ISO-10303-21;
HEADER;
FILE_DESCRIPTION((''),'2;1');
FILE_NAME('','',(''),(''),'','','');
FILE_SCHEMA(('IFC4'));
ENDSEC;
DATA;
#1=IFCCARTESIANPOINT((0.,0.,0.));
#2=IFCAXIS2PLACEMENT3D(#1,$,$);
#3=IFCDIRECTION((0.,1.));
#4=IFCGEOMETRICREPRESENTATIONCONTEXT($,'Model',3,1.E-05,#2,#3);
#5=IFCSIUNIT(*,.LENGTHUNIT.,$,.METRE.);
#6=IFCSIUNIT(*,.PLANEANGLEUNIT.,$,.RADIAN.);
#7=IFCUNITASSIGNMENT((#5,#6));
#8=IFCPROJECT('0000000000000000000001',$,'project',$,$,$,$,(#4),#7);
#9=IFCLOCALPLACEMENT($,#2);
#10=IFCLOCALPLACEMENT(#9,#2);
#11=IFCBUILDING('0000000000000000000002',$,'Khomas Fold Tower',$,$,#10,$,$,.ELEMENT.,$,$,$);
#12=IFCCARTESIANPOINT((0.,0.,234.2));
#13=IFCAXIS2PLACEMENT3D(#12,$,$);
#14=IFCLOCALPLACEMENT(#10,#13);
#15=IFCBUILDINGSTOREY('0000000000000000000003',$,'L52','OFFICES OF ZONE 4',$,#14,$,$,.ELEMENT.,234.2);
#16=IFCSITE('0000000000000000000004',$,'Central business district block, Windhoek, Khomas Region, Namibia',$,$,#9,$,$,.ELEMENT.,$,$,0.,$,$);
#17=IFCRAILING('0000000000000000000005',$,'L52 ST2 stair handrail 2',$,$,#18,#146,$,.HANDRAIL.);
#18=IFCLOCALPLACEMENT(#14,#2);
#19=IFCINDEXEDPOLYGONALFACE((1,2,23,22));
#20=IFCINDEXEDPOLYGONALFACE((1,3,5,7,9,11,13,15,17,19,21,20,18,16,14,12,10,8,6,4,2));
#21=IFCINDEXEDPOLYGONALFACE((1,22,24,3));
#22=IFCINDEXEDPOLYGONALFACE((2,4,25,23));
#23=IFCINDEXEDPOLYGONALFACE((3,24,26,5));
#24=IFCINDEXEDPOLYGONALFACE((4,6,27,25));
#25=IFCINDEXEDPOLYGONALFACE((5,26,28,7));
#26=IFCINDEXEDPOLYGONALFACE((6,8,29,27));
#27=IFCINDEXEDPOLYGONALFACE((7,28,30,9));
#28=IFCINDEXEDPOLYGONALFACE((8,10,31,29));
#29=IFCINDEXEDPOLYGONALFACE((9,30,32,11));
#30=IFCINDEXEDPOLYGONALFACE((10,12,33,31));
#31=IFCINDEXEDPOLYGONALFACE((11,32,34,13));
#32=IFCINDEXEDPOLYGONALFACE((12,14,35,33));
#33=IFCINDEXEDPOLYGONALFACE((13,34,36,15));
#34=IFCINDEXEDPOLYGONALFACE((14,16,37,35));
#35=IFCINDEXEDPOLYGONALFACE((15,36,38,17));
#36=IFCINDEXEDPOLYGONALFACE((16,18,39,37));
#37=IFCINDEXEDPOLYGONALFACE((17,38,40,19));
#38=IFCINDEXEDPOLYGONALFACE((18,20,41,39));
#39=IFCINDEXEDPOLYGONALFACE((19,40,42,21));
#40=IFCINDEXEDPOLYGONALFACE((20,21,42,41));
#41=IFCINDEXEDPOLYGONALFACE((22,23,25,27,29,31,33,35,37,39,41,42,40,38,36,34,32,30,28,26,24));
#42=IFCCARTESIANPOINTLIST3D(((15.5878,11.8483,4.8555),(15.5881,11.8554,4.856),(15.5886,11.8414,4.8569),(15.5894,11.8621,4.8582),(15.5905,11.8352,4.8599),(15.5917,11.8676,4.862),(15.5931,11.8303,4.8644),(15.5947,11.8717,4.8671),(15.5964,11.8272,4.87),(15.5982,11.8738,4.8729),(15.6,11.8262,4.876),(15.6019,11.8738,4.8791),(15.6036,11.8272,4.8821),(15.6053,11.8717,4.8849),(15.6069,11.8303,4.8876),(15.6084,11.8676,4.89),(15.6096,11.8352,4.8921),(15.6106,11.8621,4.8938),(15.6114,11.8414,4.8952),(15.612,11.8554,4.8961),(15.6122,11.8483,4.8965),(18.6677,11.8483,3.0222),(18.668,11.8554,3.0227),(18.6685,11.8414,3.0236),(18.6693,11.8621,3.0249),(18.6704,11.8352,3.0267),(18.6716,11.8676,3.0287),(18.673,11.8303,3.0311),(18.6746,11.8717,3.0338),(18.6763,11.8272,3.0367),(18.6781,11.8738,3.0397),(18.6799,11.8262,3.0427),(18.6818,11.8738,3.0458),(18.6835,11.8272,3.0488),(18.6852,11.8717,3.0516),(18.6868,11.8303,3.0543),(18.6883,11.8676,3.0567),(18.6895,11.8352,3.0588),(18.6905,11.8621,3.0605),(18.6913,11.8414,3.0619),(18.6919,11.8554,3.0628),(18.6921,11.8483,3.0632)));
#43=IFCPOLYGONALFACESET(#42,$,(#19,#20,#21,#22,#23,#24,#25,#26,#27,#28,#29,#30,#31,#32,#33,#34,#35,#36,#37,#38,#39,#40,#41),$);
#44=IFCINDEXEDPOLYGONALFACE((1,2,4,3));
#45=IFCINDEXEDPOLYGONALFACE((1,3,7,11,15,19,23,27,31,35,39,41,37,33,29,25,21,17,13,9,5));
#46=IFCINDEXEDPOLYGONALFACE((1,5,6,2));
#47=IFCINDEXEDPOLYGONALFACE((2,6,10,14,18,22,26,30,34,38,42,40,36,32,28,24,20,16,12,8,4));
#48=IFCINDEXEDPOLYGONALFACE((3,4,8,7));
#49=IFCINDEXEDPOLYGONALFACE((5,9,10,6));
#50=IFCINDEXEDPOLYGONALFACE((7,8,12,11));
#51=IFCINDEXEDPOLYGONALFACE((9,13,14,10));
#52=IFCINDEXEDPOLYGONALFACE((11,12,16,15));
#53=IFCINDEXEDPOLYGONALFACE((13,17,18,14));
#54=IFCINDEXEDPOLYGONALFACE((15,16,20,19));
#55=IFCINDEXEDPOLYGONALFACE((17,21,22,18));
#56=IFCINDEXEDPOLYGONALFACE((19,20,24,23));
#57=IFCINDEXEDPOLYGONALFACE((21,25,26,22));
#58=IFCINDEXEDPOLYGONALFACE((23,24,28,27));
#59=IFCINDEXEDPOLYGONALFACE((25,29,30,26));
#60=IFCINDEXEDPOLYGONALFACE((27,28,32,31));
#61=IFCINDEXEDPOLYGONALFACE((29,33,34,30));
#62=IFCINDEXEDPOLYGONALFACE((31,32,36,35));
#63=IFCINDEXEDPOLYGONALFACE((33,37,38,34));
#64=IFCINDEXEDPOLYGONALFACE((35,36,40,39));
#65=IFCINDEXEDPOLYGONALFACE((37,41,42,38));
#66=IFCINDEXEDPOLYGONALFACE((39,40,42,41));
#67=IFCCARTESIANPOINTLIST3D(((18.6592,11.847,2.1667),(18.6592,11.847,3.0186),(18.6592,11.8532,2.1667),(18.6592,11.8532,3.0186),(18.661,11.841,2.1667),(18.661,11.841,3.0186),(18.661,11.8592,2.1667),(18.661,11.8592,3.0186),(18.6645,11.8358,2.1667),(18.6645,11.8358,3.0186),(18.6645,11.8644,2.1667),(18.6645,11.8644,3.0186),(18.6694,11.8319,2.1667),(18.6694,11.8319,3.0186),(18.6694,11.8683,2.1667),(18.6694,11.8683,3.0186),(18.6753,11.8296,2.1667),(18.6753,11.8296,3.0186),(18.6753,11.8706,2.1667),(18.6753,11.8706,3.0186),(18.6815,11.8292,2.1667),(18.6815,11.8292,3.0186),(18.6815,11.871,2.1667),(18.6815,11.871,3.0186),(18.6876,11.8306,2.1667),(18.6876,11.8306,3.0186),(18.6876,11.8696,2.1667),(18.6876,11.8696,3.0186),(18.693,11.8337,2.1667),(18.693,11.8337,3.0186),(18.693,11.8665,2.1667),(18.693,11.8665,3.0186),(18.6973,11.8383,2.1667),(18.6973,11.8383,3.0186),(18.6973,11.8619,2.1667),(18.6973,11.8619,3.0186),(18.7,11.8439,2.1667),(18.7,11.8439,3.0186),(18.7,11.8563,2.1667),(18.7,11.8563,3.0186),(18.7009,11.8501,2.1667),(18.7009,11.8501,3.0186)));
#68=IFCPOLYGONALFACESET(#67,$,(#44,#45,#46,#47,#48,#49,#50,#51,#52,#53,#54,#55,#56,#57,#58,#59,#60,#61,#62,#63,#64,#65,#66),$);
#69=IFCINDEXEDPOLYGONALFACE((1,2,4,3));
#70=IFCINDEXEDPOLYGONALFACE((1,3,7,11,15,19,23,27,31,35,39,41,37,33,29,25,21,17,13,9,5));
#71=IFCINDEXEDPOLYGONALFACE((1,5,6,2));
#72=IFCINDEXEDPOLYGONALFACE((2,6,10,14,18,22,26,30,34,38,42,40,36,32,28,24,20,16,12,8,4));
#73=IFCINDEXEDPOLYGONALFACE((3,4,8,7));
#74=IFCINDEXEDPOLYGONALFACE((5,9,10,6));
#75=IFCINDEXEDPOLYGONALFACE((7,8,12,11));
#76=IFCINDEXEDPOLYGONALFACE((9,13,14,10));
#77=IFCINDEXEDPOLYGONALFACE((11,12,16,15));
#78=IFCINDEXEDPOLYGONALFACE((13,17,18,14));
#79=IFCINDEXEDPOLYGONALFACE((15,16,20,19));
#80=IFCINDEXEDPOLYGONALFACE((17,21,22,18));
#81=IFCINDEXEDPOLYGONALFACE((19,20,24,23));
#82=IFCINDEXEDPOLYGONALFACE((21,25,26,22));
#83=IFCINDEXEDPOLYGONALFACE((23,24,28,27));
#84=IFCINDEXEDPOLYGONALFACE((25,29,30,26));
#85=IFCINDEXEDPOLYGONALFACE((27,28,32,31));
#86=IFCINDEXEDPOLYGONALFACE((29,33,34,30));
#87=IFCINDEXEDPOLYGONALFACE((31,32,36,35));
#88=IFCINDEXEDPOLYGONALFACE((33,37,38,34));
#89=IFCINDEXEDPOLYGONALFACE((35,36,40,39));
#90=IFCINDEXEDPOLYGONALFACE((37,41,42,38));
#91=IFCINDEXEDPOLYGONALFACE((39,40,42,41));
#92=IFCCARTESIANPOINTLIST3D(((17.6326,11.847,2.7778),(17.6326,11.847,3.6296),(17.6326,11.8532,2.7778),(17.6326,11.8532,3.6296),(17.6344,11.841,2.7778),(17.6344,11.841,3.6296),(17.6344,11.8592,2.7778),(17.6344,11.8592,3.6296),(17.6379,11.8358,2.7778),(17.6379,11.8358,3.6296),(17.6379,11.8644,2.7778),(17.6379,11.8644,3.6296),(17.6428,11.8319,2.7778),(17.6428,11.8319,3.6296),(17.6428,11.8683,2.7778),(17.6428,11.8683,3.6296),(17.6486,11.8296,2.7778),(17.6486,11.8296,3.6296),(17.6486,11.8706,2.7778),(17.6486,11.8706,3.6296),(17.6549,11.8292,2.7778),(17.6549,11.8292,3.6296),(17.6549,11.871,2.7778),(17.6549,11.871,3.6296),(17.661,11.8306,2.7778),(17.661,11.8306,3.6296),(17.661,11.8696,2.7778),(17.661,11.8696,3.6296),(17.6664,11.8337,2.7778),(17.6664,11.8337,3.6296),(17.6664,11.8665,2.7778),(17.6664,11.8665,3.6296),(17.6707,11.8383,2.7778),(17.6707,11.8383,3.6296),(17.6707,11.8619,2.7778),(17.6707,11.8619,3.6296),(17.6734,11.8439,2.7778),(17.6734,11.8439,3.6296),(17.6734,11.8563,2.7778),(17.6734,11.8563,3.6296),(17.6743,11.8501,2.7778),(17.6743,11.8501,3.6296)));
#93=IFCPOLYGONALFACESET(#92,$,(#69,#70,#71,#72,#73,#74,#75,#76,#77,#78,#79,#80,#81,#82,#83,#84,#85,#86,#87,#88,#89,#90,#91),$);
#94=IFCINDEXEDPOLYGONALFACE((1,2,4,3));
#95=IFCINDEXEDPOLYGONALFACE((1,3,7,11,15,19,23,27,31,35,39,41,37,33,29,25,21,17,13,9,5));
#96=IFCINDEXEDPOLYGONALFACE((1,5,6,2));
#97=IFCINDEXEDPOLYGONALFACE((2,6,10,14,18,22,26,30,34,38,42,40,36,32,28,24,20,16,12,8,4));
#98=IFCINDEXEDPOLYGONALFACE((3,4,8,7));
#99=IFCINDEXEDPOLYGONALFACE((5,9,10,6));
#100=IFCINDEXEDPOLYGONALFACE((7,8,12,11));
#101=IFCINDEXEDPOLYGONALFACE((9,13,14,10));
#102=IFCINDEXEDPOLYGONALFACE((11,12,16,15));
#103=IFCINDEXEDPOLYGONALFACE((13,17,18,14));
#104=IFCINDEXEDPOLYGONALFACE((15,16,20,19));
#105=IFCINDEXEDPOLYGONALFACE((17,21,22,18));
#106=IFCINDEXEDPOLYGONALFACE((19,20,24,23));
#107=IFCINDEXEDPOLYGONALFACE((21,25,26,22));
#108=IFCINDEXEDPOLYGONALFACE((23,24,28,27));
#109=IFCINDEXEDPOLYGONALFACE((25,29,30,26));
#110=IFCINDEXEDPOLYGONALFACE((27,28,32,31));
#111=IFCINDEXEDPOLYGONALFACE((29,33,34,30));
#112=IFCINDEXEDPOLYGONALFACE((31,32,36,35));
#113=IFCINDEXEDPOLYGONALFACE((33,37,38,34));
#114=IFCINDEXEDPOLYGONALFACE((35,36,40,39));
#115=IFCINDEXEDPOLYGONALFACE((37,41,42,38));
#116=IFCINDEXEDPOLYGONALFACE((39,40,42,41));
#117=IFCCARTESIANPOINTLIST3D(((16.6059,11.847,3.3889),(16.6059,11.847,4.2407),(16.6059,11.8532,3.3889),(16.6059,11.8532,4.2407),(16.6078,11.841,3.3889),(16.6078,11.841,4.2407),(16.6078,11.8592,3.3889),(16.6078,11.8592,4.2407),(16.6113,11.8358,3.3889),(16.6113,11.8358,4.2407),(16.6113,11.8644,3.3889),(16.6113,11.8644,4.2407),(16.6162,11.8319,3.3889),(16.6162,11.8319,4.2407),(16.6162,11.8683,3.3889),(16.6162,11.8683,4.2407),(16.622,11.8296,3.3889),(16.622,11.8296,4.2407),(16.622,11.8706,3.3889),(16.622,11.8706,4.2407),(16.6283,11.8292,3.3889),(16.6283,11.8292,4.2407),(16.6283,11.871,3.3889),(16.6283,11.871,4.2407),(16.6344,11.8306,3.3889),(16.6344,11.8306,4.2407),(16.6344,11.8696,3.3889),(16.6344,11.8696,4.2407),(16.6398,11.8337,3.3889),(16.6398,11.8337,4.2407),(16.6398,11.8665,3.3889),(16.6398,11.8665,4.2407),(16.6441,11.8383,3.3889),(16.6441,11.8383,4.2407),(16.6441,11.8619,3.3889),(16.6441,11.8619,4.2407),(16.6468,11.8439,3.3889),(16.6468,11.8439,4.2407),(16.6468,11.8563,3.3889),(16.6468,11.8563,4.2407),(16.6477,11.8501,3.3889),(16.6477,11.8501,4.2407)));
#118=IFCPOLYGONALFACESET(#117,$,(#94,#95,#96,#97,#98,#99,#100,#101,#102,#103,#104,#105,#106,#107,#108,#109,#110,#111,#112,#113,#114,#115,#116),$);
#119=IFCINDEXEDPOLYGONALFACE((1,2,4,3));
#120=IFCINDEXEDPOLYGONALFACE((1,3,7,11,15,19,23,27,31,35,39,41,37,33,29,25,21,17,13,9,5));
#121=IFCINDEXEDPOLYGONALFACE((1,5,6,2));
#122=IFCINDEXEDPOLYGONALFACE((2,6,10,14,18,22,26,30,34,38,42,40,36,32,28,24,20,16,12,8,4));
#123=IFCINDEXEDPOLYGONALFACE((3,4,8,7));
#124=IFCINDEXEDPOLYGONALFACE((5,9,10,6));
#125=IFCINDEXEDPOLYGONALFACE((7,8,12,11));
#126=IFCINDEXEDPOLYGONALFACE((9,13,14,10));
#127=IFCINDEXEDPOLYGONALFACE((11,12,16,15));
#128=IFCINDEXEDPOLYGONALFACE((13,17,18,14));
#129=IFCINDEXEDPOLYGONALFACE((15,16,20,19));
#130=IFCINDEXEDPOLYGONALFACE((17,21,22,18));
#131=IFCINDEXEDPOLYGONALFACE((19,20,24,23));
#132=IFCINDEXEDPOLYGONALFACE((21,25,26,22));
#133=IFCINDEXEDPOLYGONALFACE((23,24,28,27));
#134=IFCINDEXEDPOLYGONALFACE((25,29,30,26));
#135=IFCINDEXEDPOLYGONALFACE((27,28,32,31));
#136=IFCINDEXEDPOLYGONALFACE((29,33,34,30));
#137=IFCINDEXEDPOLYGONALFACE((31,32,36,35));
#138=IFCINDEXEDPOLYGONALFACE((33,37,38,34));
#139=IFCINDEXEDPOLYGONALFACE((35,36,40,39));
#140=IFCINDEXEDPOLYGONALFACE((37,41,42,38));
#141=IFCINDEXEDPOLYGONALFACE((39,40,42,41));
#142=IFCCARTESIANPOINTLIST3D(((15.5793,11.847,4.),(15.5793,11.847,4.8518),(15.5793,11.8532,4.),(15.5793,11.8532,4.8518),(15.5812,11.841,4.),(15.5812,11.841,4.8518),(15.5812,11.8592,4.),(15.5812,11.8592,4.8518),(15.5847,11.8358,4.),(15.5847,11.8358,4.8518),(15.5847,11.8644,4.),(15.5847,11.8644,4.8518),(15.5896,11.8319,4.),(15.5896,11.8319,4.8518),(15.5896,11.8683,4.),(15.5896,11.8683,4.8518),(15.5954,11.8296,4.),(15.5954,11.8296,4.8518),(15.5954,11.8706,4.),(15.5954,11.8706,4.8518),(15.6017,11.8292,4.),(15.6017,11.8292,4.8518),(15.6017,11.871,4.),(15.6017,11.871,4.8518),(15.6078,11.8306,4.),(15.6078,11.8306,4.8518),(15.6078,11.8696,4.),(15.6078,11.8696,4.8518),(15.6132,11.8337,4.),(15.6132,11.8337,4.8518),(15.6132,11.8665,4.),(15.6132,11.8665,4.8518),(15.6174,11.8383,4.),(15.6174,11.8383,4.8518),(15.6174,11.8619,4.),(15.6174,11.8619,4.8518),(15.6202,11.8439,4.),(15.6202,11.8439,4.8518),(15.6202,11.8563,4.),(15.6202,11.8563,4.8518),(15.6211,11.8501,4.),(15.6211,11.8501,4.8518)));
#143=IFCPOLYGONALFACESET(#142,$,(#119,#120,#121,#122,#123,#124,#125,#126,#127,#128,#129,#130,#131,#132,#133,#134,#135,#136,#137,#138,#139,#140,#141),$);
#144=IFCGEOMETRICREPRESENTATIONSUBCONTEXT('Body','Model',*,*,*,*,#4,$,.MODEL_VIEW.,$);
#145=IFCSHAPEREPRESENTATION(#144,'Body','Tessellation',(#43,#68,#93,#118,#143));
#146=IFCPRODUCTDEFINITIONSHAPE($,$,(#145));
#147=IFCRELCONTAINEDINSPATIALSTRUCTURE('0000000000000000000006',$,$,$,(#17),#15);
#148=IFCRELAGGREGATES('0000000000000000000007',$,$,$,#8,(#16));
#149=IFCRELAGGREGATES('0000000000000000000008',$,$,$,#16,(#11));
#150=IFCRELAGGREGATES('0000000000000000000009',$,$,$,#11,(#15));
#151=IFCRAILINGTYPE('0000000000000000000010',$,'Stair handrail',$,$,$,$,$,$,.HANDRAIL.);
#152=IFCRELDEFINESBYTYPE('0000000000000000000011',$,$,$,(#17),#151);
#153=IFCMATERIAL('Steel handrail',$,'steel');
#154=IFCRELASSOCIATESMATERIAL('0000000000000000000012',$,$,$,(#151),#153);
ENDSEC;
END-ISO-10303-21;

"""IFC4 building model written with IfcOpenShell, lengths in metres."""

from ifc_helpers import new_model, si_unit, direction, frame, origin, origin_2d, place, context, subcontext, project, spatial, circle, extrude, source, transform, mapped, material, type_object, element, save


model = new_model("IFC4")

# Units and contexts
model_context = context("Model", 3, precision=1e-05, world=origin(), true_north=direction((0.0, 1.0)))
body_context = subcontext(model_context, "Body", "Model", "MODEL_VIEW")
ifc_project = project(units=[si_unit("LENGTHUNIT", "METRE"), si_unit("PLANEANGLEUNIT", "RADIAN")], contexts=[model_context])

# Site, building, storey
site_placement = place(None, origin())
site = spatial("IfcSite", under=ifc_project, at=site_placement, Name="Central business district block, Windhoek, Khomas Region, Namibia", CompositionType="ELEMENT", RefElevation=0.0)
building_placement = place(site_placement, origin())
building = spatial("IfcBuilding", under=site, at=building_placement, Name="Khomas Fold Tower", CompositionType="ELEMENT")
storey_placement = place(building_placement, frame((0.0, 0.0, 234.2)))
storey = spatial("IfcBuildingStorey", under=building, at=storey_placement, Name="L52", Description="OFFICES OF ZONE 4", CompositionType="ELEMENT", Elevation=234.2)

# Railing
ifc_material_1 = material(Name="Steel handrail", Category="steel")
railing_type_1 = type_object("IfcRailingType", Name="Stair handrail", PredefinedType="HANDRAIL", material=ifc_material_1)
shared_shape_1 = source(origin(), body_context, "Body", "SweptSolid", [
    extrude(circle(Radius=0.0239, at=origin_2d()), frame((0.0, 0.0, 0.876), z_axis=(-0.859291, 0.0, 0.511487), x_axis=(0.0, -1.0, 0.0)), (0.0, 0.0, 1.0), 3.5842),
    extrude(circle(Radius=0.021, at=origin_2d()), origin(), (0.0, 0.0, 1.0), 0.8518),
    extrude(circle(Radius=0.021, at=origin_2d()), frame((-1.0266, 0.0, 0.6111)), (0.0, 0.0, 1.0), 0.8518),
    extrude(circle(Radius=0.021, at=origin_2d()), frame((-2.0532, 0.0, 1.2222)), (0.0, 0.0, 1.0), 0.8518),
    extrude(circle(Radius=0.021, at=origin_2d()), frame((-3.0798, 0.0, 1.8333)), (0.0, 0.0, 1.0), 0.8518),
])
railing_1_placement = place(storey_placement, frame((18.6799, 11.8501, 2.1667)))
element("IfcRailing", 1, at=railing_1_placement, inside=storey, type_object=railing_type_1, Name="L52 ST2 stair handrail 2", PredefinedType="HANDRAIL", context=body_context, shape_type="MappedRepresentation", body=[
    mapped(shared_shape_1, transform((0.0, 0.0, 0.0))),
])

save(model, "model.ifc")
